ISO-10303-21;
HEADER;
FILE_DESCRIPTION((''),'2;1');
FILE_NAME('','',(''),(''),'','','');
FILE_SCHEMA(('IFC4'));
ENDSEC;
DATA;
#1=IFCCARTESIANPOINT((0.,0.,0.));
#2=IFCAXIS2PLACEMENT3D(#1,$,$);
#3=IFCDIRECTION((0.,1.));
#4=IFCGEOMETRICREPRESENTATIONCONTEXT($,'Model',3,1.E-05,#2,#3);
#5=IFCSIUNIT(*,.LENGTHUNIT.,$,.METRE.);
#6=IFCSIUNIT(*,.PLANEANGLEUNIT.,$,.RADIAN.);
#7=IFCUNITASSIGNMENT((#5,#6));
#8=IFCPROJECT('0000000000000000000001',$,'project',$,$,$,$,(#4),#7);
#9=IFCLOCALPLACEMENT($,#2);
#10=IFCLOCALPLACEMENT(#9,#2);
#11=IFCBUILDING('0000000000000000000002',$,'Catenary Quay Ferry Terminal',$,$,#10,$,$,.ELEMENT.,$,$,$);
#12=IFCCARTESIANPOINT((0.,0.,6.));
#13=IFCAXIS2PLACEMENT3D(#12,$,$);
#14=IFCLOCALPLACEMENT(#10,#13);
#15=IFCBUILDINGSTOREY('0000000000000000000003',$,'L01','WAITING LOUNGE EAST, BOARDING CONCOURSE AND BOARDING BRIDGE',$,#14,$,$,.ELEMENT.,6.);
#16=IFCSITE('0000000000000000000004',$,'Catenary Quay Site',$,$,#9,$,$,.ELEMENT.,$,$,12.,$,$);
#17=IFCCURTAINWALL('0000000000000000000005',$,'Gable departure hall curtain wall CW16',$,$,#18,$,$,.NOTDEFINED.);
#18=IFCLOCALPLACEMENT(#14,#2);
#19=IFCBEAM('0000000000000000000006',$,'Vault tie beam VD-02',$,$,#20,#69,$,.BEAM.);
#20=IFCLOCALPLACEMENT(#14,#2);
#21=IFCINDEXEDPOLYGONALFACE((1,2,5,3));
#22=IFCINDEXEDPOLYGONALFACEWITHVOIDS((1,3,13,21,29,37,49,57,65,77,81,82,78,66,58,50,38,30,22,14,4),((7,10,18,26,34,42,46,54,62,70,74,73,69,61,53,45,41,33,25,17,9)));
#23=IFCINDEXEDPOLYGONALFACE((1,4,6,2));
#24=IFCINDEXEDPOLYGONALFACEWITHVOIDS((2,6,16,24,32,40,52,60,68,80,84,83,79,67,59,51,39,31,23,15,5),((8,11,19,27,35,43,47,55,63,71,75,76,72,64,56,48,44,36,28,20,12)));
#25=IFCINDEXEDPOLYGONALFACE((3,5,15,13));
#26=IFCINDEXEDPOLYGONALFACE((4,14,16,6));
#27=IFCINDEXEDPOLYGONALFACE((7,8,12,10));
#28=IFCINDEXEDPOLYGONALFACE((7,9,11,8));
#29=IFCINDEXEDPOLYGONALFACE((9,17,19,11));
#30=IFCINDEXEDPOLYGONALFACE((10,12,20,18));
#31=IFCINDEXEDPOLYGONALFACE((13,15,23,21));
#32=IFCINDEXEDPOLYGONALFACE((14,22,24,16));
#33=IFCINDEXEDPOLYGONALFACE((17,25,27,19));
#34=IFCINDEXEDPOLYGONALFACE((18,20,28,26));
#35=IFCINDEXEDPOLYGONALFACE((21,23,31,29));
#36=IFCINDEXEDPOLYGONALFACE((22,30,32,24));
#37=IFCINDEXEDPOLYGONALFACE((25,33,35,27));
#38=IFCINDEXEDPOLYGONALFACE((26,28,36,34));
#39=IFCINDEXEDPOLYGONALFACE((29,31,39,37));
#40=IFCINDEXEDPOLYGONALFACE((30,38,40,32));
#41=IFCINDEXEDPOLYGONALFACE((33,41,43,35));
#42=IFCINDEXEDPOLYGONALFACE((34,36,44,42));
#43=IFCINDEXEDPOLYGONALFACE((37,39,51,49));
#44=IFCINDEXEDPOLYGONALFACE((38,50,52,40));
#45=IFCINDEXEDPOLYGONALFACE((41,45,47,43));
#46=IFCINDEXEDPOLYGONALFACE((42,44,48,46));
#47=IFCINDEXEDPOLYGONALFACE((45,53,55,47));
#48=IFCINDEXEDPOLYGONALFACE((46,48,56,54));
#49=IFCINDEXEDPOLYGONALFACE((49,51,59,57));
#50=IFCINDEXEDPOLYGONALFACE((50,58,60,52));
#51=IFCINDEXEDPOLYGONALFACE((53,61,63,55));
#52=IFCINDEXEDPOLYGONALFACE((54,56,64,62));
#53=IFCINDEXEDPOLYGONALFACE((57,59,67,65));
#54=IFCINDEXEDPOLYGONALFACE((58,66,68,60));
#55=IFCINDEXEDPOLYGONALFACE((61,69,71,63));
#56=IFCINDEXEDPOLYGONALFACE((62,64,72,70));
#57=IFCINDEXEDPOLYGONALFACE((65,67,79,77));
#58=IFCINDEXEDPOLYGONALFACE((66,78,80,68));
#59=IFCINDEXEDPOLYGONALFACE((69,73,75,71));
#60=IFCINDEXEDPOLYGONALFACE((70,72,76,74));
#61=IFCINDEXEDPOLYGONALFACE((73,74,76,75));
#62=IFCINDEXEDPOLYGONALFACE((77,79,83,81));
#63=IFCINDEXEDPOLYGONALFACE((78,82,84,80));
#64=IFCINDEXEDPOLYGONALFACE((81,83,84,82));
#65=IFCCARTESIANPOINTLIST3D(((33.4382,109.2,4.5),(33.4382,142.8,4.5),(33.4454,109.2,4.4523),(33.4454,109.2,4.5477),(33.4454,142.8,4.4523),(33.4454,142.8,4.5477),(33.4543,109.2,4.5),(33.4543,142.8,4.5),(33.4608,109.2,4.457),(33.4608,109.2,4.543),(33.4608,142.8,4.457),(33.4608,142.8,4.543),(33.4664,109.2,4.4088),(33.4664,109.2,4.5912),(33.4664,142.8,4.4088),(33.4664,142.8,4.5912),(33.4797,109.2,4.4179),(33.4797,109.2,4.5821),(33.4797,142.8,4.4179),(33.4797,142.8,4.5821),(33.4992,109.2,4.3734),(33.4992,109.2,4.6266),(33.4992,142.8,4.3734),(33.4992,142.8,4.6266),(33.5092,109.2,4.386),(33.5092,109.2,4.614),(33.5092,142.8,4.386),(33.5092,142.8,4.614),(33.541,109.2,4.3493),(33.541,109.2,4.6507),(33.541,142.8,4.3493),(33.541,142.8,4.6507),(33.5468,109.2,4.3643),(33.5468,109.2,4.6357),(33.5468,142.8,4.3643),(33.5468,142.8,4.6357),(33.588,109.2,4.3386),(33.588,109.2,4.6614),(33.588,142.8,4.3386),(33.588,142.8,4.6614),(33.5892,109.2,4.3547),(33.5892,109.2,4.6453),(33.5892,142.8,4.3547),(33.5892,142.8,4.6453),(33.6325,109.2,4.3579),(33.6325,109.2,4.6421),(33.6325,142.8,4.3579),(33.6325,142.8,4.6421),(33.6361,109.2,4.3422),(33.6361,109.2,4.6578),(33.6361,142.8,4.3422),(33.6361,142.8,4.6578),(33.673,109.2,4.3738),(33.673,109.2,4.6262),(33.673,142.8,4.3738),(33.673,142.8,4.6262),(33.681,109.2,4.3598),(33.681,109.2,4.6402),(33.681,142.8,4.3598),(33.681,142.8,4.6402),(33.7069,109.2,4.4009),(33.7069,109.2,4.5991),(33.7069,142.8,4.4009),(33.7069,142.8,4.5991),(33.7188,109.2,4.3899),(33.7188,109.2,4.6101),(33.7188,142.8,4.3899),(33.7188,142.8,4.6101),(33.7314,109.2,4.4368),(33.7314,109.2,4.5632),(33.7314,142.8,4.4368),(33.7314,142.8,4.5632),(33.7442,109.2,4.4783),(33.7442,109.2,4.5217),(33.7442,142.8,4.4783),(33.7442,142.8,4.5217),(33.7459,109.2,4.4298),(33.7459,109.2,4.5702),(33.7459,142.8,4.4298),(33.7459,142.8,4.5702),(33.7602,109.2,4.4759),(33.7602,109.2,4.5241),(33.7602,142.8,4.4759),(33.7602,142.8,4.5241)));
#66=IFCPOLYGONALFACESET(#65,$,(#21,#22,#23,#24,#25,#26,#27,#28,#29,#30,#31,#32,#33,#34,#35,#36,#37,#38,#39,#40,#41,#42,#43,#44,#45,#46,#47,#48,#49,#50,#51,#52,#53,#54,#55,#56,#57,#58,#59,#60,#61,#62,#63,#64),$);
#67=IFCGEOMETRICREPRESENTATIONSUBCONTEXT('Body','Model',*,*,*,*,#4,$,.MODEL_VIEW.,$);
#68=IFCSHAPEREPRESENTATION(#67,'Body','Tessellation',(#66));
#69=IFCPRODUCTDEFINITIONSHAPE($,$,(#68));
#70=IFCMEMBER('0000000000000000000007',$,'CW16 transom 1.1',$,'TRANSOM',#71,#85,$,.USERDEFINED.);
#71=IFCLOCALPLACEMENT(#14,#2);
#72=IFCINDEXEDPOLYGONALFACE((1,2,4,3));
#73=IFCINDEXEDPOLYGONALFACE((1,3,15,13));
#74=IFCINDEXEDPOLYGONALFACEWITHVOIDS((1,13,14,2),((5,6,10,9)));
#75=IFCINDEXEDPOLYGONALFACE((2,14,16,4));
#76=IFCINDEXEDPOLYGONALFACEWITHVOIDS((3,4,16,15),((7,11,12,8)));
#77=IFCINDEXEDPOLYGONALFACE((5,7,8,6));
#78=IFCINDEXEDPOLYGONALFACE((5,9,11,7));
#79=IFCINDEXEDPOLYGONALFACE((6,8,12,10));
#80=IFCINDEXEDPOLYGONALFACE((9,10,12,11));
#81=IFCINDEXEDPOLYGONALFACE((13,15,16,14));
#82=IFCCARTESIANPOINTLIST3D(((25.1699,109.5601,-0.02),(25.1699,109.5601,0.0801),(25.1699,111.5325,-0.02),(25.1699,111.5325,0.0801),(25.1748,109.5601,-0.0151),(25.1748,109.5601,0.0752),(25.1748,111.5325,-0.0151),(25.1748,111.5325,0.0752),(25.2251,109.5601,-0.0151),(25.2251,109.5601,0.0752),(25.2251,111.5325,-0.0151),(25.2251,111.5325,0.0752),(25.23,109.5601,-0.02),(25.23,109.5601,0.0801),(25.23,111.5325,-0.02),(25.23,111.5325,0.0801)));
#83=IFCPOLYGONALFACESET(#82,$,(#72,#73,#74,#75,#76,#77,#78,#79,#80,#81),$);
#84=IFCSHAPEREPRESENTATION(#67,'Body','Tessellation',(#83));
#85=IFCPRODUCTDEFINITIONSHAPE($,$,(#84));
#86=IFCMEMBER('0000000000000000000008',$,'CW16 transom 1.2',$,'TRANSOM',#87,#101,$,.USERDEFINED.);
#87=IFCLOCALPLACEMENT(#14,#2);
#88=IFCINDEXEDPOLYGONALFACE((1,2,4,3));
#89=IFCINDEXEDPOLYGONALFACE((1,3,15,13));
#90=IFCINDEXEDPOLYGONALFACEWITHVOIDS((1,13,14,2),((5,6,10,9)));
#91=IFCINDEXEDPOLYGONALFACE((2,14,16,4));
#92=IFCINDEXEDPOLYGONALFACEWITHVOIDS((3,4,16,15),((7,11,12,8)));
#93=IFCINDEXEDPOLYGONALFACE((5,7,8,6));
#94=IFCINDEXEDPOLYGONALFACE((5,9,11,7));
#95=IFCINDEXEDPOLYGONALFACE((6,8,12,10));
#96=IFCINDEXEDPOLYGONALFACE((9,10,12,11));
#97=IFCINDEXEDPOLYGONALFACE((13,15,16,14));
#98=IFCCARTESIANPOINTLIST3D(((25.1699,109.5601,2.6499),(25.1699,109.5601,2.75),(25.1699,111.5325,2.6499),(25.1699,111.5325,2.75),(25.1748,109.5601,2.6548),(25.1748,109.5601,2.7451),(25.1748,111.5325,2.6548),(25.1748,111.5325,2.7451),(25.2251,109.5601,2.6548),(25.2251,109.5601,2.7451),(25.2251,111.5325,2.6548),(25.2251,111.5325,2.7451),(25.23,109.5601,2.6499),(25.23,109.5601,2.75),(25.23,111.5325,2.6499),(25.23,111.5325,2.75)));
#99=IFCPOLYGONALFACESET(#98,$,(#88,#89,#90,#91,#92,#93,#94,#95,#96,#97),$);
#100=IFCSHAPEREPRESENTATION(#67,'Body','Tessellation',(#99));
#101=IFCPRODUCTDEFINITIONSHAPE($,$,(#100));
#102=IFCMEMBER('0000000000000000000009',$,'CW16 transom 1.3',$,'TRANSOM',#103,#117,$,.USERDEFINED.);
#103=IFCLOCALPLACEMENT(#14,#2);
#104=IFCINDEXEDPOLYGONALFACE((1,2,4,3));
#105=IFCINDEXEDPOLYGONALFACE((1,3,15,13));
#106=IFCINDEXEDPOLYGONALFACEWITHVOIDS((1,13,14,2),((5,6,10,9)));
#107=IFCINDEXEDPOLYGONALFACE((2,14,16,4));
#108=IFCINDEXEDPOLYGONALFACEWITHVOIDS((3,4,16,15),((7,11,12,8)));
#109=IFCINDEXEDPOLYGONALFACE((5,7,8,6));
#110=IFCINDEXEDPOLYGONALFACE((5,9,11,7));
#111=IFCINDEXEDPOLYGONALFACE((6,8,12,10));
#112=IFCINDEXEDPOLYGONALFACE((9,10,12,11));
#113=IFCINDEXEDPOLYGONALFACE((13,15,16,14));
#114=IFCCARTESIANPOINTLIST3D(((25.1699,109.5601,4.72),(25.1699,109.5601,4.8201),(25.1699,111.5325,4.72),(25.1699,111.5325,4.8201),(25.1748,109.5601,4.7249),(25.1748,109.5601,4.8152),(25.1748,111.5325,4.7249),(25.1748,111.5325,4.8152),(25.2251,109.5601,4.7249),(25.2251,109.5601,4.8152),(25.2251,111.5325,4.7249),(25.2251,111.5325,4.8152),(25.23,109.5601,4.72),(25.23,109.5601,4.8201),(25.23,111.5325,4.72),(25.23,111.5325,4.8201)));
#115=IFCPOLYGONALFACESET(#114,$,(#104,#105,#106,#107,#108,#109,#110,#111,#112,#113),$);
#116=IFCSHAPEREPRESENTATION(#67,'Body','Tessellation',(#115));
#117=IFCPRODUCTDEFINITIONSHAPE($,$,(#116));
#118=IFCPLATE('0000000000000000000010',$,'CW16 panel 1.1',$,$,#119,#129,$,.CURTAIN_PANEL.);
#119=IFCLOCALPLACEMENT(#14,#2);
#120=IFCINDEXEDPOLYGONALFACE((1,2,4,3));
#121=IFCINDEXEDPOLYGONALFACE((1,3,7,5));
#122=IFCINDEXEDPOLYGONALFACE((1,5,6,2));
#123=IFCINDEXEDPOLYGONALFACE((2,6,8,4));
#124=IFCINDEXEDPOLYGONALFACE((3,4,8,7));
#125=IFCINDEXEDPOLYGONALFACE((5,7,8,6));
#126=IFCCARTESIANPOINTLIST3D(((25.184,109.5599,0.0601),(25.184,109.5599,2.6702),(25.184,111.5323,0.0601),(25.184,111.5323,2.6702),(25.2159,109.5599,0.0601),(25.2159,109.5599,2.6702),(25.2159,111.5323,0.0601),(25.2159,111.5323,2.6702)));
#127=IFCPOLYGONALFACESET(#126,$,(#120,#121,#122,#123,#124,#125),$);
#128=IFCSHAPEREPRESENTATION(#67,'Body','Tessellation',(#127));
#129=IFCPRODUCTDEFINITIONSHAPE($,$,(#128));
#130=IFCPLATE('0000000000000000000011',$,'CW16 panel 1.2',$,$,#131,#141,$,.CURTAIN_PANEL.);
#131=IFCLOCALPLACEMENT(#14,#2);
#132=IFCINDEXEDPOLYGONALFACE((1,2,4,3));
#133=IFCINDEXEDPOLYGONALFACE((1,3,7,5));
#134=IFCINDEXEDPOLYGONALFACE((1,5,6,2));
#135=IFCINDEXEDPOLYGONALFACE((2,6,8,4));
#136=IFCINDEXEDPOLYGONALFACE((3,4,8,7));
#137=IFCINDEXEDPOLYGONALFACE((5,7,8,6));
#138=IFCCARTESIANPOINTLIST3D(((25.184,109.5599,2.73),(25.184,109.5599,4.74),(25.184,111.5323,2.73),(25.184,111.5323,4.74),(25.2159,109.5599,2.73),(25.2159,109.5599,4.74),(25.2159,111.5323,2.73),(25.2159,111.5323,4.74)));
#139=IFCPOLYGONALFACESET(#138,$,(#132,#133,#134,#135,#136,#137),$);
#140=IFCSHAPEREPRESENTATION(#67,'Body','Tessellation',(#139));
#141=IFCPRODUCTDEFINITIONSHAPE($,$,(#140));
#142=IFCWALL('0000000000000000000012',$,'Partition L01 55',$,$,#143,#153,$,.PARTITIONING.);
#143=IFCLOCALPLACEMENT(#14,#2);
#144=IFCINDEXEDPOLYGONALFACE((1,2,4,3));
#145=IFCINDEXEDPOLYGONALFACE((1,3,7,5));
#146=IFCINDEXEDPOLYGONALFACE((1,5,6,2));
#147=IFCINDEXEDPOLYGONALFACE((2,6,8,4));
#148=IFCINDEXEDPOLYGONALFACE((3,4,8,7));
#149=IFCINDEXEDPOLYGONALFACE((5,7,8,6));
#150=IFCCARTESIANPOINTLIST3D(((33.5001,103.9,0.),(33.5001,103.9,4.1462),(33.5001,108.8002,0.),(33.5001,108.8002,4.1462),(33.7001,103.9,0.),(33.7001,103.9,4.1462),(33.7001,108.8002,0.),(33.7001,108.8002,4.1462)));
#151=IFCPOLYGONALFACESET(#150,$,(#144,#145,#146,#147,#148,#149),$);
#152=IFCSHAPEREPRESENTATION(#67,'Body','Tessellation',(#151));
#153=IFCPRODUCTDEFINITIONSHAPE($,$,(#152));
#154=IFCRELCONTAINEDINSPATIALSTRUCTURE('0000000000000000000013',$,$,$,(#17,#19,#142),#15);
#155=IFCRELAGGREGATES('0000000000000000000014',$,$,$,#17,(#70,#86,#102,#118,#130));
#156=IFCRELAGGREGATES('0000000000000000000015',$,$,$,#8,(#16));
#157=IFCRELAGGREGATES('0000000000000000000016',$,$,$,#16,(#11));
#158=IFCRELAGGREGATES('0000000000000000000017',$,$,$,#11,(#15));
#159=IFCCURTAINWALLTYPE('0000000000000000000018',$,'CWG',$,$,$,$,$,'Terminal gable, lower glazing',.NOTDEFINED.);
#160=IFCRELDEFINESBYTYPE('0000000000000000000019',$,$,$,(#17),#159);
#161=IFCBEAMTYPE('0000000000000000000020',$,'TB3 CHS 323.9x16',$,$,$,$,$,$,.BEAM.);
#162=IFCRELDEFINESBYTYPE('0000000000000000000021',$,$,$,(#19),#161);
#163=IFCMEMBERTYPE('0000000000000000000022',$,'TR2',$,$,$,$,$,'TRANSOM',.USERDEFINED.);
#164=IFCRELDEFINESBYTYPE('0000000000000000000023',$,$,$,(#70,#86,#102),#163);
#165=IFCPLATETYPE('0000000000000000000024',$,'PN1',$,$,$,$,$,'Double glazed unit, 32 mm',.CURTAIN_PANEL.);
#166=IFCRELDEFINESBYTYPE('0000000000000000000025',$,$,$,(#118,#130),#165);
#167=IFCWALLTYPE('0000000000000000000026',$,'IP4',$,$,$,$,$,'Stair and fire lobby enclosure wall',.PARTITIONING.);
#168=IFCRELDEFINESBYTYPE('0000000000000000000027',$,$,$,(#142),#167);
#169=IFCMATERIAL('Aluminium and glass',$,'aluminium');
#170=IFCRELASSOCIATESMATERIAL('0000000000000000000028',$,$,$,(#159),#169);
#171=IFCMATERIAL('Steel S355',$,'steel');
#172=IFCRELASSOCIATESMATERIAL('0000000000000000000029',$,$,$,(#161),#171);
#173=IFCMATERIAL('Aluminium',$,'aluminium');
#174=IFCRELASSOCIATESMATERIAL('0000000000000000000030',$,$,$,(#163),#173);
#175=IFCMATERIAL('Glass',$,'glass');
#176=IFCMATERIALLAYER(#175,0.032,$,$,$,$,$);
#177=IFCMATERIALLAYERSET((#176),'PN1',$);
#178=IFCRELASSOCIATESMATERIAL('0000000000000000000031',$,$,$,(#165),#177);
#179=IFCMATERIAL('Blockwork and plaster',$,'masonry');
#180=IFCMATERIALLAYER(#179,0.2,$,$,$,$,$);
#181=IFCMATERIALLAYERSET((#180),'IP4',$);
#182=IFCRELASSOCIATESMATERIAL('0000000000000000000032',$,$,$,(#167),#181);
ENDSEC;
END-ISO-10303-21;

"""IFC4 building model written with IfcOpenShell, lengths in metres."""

from ifc_helpers import new_model, si_unit, direction, frame, frame_2d, origin, origin_2d, place, context, subcontext, project, spatial, rectangle, hollow_rectangle, hollow_circle, extrude, material, layer, layer_set, material_profile, profile_set, type_object, element, aggregate, save


model = new_model("IFC4")

# Units and contexts
model_context = context("Model", 3, precision=1e-05, world=origin(), true_north=direction((0.0, 1.0)))
body_context = subcontext(model_context, "Body", "Model", "MODEL_VIEW")
ifc_project = project(units=[si_unit("LENGTHUNIT", "METRE"), si_unit("PLANEANGLEUNIT", "RADIAN")], contexts=[model_context])

# Site, building, storey
site_placement = place(None, origin())
site = spatial("IfcSite", under=ifc_project, at=site_placement, Name="Catenary Quay Site", CompositionType="ELEMENT", RefElevation=12.0)
building_placement = place(site_placement, origin())
building = spatial("IfcBuilding", under=site, at=building_placement, Name="Catenary Quay Ferry Terminal", CompositionType="ELEMENT")
storey_placement = place(building_placement, frame((0.0, 0.0, 6.0)))
storey = spatial("IfcBuildingStorey", under=building, at=storey_placement, Name="L01", Description="WAITING LOUNGE EAST, BOARDING CONCOURSE AND BOARDING BRIDGE", CompositionType="ELEMENT", Elevation=6.0)

# Curtain wall
ifc_material_1 = material(Name="Aluminium and glass", Category="aluminium")
curtain_wall_type = type_object("IfcCurtainWallType", Name="CWG", ElementType="Terminal gable, lower glazing", PredefinedType="NOTDEFINED", material=ifc_material_1)
curtain_wall_placement = place(storey_placement, origin())
curtain_wall = element("IfcCurtainWall", 1, at=curtain_wall_placement, inside=storey, type_object=curtain_wall_type, Name="Gable departure hall curtain wall CW16", PredefinedType="NOTDEFINED")

# Beam
ifc_material_2 = material(Name="Steel S355", Category="steel")
ifc_material_profile_1 = material_profile(ifc_material_2, hollow_circle(Radius=0.1619, WallThickness=0.0161, at=origin_2d()), Name="CHS 323.9x16")
ifc_profile_set_1 = profile_set([ifc_material_profile_1], Name="Steel S355")
beam_type_1 = type_object("IfcBeamType", Name="TB3 CHS 323.9x16", PredefinedType="BEAM", material=ifc_profile_set_1)
beam_1_placement = place(storey_placement, frame((33.6001, 109.2, 4.5), z_axis=(0.0, 1.0, 0.0), x_axis=(-1.0, 0.0, 0.0)))
element("IfcBeam", 2, at=beam_1_placement, inside=storey, type_object=beam_type_1, Name="Vault tie beam VD-02", PredefinedType="BEAM", context=body_context, shape_type="SweptSolid", body=[
    extrude(hollow_circle(Radius=0.1619, WallThickness=0.0161, at=origin_2d()), origin(), (0.0, 0.0, 1.0), 33.6001),
])

# Members
ifc_material_3 = material(Name="Aluminium", Category="aluminium")
ifc_material_profile_2 = material_profile(ifc_material_3, hollow_rectangle(XDim=0.0601, YDim=0.1001, WallThickness=0.0049, at=origin_2d()), Name="TR2")
ifc_profile_set_2 = profile_set([ifc_material_profile_2], Name="Aluminium")
member_type_1 = type_object("IfcMemberType", Name="TR2", ElementType="TRANSOM", PredefinedType="USERDEFINED", material=ifc_profile_set_2)
member_1_placement = place(storey_placement, frame((25.2, 109.5601, 0.03), z_axis=(0.0, 1.0, 0.0), x_axis=(-1.0, 0.0, 0.0)))
member_1 = element("IfcMember", 3, at=member_1_placement, type_object=member_type_1, Name="CW16 transom 1.1", ObjectType="TRANSOM", PredefinedType="USERDEFINED", context=body_context, shape_type="SweptSolid", body=[
    extrude(hollow_rectangle(XDim=0.0601, YDim=0.1001, WallThickness=0.0049, at=origin_2d()), origin(), (0.0, 0.0, 1.0), 1.9724),
])
member_2_placement = place(storey_placement, frame((25.2, 109.5601, 2.7), z_axis=(0.0, 1.0, 0.0), x_axis=(-1.0, 0.0, 0.0)))
member_2 = element("IfcMember", 4, at=member_2_placement, type_object=member_type_1, Name="CW16 transom 1.2", ObjectType="TRANSOM", PredefinedType="USERDEFINED", context=body_context, shape_type="SweptSolid", body=[
    extrude(hollow_rectangle(XDim=0.0601, YDim=0.1001, WallThickness=0.0049, at=origin_2d()), origin(), (0.0, 0.0, 1.0), 1.9724),
])
member_3_placement = place(storey_placement, frame((25.2, 109.5601, 4.77), z_axis=(0.0, 1.0, 0.0), x_axis=(-1.0, 0.0, 0.0)))
member_3 = element("IfcMember", 5, at=member_3_placement, type_object=member_type_1, Name="CW16 transom 1.3", ObjectType="TRANSOM", PredefinedType="USERDEFINED", context=body_context, shape_type="SweptSolid", body=[
    extrude(hollow_rectangle(XDim=0.0601, YDim=0.1001, WallThickness=0.0049, at=origin_2d()), origin(), (0.0, 0.0, 1.0), 1.9724),
])

# Plates
ifc_material_4 = material(Name="Glass", Category="glass")
ifc_layer_1 = layer(ifc_material_4, 0.032)
ifc_layer_set_1 = layer_set([ifc_layer_1], Name="PN1")
plate_type = type_object("IfcPlateType", Name="PN1", ElementType="Double glazed unit, 32 mm", PredefinedType="CURTAIN_PANEL", material=ifc_layer_set_1)
plate_1_placement = place(storey_placement, frame((25.2, 110.5461, 0.0601), z_axis=(0.0, 0.0, 1.0), x_axis=(0.0, 1.0, 0.0)))
plate_1 = element("IfcPlate", 6, at=plate_1_placement, type_object=plate_type, Name="CW16 panel 1.1", PredefinedType="CURTAIN_PANEL", context=body_context, shape_type="SweptSolid", body=[
    extrude(rectangle(XDim=1.9724, YDim=0.032, at=origin_2d()), origin(), (0.0, 0.0, 1.0), 2.6101),
])
plate_2_placement = place(storey_placement, frame((25.2, 110.5461, 2.73), z_axis=(0.0, 0.0, 1.0), x_axis=(0.0, 1.0, 0.0)))
plate_2 = element("IfcPlate", 7, at=plate_2_placement, type_object=plate_type, Name="CW16 panel 1.2", PredefinedType="CURTAIN_PANEL", context=body_context, shape_type="SweptSolid", body=[
    extrude(rectangle(XDim=1.9724, YDim=0.032, at=origin_2d()), origin(), (0.0, 0.0, 1.0), 2.01),
])
aggregate(curtain_wall, [member_1, member_2, member_3, plate_1, plate_2])

# Wall
ifc_material_5 = material(Name="Blockwork and plaster", Category="masonry")
ifc_layer_2 = layer(ifc_material_5, 0.2)
ifc_layer_set_2 = layer_set([ifc_layer_2], Name="IP4")
wall_type = type_object("IfcWallType", Name="IP4", ElementType="Stair and fire lobby enclosure wall", PredefinedType="PARTITIONING", material=ifc_layer_set_2)
wall_placement = place(storey_placement, frame((33.6001, 103.8999, 0.0), z_axis=(0.0, 0.0, 1.0), x_axis=(0.0, 1.0, 0.0)))
element("IfcWall", 8, at=wall_placement, inside=storey, type_object=wall_type, Name="Partition L01 55", PredefinedType="PARTITIONING", context=body_context, shape_type="SweptSolid", body=[
    extrude(rectangle(XDim=4.9001, YDim=0.2, at=frame_2d((2.4502, 0.0))), origin(), (0.0, 0.0, 1.0), 4.1462),
])

save(model, "model.ifc")
